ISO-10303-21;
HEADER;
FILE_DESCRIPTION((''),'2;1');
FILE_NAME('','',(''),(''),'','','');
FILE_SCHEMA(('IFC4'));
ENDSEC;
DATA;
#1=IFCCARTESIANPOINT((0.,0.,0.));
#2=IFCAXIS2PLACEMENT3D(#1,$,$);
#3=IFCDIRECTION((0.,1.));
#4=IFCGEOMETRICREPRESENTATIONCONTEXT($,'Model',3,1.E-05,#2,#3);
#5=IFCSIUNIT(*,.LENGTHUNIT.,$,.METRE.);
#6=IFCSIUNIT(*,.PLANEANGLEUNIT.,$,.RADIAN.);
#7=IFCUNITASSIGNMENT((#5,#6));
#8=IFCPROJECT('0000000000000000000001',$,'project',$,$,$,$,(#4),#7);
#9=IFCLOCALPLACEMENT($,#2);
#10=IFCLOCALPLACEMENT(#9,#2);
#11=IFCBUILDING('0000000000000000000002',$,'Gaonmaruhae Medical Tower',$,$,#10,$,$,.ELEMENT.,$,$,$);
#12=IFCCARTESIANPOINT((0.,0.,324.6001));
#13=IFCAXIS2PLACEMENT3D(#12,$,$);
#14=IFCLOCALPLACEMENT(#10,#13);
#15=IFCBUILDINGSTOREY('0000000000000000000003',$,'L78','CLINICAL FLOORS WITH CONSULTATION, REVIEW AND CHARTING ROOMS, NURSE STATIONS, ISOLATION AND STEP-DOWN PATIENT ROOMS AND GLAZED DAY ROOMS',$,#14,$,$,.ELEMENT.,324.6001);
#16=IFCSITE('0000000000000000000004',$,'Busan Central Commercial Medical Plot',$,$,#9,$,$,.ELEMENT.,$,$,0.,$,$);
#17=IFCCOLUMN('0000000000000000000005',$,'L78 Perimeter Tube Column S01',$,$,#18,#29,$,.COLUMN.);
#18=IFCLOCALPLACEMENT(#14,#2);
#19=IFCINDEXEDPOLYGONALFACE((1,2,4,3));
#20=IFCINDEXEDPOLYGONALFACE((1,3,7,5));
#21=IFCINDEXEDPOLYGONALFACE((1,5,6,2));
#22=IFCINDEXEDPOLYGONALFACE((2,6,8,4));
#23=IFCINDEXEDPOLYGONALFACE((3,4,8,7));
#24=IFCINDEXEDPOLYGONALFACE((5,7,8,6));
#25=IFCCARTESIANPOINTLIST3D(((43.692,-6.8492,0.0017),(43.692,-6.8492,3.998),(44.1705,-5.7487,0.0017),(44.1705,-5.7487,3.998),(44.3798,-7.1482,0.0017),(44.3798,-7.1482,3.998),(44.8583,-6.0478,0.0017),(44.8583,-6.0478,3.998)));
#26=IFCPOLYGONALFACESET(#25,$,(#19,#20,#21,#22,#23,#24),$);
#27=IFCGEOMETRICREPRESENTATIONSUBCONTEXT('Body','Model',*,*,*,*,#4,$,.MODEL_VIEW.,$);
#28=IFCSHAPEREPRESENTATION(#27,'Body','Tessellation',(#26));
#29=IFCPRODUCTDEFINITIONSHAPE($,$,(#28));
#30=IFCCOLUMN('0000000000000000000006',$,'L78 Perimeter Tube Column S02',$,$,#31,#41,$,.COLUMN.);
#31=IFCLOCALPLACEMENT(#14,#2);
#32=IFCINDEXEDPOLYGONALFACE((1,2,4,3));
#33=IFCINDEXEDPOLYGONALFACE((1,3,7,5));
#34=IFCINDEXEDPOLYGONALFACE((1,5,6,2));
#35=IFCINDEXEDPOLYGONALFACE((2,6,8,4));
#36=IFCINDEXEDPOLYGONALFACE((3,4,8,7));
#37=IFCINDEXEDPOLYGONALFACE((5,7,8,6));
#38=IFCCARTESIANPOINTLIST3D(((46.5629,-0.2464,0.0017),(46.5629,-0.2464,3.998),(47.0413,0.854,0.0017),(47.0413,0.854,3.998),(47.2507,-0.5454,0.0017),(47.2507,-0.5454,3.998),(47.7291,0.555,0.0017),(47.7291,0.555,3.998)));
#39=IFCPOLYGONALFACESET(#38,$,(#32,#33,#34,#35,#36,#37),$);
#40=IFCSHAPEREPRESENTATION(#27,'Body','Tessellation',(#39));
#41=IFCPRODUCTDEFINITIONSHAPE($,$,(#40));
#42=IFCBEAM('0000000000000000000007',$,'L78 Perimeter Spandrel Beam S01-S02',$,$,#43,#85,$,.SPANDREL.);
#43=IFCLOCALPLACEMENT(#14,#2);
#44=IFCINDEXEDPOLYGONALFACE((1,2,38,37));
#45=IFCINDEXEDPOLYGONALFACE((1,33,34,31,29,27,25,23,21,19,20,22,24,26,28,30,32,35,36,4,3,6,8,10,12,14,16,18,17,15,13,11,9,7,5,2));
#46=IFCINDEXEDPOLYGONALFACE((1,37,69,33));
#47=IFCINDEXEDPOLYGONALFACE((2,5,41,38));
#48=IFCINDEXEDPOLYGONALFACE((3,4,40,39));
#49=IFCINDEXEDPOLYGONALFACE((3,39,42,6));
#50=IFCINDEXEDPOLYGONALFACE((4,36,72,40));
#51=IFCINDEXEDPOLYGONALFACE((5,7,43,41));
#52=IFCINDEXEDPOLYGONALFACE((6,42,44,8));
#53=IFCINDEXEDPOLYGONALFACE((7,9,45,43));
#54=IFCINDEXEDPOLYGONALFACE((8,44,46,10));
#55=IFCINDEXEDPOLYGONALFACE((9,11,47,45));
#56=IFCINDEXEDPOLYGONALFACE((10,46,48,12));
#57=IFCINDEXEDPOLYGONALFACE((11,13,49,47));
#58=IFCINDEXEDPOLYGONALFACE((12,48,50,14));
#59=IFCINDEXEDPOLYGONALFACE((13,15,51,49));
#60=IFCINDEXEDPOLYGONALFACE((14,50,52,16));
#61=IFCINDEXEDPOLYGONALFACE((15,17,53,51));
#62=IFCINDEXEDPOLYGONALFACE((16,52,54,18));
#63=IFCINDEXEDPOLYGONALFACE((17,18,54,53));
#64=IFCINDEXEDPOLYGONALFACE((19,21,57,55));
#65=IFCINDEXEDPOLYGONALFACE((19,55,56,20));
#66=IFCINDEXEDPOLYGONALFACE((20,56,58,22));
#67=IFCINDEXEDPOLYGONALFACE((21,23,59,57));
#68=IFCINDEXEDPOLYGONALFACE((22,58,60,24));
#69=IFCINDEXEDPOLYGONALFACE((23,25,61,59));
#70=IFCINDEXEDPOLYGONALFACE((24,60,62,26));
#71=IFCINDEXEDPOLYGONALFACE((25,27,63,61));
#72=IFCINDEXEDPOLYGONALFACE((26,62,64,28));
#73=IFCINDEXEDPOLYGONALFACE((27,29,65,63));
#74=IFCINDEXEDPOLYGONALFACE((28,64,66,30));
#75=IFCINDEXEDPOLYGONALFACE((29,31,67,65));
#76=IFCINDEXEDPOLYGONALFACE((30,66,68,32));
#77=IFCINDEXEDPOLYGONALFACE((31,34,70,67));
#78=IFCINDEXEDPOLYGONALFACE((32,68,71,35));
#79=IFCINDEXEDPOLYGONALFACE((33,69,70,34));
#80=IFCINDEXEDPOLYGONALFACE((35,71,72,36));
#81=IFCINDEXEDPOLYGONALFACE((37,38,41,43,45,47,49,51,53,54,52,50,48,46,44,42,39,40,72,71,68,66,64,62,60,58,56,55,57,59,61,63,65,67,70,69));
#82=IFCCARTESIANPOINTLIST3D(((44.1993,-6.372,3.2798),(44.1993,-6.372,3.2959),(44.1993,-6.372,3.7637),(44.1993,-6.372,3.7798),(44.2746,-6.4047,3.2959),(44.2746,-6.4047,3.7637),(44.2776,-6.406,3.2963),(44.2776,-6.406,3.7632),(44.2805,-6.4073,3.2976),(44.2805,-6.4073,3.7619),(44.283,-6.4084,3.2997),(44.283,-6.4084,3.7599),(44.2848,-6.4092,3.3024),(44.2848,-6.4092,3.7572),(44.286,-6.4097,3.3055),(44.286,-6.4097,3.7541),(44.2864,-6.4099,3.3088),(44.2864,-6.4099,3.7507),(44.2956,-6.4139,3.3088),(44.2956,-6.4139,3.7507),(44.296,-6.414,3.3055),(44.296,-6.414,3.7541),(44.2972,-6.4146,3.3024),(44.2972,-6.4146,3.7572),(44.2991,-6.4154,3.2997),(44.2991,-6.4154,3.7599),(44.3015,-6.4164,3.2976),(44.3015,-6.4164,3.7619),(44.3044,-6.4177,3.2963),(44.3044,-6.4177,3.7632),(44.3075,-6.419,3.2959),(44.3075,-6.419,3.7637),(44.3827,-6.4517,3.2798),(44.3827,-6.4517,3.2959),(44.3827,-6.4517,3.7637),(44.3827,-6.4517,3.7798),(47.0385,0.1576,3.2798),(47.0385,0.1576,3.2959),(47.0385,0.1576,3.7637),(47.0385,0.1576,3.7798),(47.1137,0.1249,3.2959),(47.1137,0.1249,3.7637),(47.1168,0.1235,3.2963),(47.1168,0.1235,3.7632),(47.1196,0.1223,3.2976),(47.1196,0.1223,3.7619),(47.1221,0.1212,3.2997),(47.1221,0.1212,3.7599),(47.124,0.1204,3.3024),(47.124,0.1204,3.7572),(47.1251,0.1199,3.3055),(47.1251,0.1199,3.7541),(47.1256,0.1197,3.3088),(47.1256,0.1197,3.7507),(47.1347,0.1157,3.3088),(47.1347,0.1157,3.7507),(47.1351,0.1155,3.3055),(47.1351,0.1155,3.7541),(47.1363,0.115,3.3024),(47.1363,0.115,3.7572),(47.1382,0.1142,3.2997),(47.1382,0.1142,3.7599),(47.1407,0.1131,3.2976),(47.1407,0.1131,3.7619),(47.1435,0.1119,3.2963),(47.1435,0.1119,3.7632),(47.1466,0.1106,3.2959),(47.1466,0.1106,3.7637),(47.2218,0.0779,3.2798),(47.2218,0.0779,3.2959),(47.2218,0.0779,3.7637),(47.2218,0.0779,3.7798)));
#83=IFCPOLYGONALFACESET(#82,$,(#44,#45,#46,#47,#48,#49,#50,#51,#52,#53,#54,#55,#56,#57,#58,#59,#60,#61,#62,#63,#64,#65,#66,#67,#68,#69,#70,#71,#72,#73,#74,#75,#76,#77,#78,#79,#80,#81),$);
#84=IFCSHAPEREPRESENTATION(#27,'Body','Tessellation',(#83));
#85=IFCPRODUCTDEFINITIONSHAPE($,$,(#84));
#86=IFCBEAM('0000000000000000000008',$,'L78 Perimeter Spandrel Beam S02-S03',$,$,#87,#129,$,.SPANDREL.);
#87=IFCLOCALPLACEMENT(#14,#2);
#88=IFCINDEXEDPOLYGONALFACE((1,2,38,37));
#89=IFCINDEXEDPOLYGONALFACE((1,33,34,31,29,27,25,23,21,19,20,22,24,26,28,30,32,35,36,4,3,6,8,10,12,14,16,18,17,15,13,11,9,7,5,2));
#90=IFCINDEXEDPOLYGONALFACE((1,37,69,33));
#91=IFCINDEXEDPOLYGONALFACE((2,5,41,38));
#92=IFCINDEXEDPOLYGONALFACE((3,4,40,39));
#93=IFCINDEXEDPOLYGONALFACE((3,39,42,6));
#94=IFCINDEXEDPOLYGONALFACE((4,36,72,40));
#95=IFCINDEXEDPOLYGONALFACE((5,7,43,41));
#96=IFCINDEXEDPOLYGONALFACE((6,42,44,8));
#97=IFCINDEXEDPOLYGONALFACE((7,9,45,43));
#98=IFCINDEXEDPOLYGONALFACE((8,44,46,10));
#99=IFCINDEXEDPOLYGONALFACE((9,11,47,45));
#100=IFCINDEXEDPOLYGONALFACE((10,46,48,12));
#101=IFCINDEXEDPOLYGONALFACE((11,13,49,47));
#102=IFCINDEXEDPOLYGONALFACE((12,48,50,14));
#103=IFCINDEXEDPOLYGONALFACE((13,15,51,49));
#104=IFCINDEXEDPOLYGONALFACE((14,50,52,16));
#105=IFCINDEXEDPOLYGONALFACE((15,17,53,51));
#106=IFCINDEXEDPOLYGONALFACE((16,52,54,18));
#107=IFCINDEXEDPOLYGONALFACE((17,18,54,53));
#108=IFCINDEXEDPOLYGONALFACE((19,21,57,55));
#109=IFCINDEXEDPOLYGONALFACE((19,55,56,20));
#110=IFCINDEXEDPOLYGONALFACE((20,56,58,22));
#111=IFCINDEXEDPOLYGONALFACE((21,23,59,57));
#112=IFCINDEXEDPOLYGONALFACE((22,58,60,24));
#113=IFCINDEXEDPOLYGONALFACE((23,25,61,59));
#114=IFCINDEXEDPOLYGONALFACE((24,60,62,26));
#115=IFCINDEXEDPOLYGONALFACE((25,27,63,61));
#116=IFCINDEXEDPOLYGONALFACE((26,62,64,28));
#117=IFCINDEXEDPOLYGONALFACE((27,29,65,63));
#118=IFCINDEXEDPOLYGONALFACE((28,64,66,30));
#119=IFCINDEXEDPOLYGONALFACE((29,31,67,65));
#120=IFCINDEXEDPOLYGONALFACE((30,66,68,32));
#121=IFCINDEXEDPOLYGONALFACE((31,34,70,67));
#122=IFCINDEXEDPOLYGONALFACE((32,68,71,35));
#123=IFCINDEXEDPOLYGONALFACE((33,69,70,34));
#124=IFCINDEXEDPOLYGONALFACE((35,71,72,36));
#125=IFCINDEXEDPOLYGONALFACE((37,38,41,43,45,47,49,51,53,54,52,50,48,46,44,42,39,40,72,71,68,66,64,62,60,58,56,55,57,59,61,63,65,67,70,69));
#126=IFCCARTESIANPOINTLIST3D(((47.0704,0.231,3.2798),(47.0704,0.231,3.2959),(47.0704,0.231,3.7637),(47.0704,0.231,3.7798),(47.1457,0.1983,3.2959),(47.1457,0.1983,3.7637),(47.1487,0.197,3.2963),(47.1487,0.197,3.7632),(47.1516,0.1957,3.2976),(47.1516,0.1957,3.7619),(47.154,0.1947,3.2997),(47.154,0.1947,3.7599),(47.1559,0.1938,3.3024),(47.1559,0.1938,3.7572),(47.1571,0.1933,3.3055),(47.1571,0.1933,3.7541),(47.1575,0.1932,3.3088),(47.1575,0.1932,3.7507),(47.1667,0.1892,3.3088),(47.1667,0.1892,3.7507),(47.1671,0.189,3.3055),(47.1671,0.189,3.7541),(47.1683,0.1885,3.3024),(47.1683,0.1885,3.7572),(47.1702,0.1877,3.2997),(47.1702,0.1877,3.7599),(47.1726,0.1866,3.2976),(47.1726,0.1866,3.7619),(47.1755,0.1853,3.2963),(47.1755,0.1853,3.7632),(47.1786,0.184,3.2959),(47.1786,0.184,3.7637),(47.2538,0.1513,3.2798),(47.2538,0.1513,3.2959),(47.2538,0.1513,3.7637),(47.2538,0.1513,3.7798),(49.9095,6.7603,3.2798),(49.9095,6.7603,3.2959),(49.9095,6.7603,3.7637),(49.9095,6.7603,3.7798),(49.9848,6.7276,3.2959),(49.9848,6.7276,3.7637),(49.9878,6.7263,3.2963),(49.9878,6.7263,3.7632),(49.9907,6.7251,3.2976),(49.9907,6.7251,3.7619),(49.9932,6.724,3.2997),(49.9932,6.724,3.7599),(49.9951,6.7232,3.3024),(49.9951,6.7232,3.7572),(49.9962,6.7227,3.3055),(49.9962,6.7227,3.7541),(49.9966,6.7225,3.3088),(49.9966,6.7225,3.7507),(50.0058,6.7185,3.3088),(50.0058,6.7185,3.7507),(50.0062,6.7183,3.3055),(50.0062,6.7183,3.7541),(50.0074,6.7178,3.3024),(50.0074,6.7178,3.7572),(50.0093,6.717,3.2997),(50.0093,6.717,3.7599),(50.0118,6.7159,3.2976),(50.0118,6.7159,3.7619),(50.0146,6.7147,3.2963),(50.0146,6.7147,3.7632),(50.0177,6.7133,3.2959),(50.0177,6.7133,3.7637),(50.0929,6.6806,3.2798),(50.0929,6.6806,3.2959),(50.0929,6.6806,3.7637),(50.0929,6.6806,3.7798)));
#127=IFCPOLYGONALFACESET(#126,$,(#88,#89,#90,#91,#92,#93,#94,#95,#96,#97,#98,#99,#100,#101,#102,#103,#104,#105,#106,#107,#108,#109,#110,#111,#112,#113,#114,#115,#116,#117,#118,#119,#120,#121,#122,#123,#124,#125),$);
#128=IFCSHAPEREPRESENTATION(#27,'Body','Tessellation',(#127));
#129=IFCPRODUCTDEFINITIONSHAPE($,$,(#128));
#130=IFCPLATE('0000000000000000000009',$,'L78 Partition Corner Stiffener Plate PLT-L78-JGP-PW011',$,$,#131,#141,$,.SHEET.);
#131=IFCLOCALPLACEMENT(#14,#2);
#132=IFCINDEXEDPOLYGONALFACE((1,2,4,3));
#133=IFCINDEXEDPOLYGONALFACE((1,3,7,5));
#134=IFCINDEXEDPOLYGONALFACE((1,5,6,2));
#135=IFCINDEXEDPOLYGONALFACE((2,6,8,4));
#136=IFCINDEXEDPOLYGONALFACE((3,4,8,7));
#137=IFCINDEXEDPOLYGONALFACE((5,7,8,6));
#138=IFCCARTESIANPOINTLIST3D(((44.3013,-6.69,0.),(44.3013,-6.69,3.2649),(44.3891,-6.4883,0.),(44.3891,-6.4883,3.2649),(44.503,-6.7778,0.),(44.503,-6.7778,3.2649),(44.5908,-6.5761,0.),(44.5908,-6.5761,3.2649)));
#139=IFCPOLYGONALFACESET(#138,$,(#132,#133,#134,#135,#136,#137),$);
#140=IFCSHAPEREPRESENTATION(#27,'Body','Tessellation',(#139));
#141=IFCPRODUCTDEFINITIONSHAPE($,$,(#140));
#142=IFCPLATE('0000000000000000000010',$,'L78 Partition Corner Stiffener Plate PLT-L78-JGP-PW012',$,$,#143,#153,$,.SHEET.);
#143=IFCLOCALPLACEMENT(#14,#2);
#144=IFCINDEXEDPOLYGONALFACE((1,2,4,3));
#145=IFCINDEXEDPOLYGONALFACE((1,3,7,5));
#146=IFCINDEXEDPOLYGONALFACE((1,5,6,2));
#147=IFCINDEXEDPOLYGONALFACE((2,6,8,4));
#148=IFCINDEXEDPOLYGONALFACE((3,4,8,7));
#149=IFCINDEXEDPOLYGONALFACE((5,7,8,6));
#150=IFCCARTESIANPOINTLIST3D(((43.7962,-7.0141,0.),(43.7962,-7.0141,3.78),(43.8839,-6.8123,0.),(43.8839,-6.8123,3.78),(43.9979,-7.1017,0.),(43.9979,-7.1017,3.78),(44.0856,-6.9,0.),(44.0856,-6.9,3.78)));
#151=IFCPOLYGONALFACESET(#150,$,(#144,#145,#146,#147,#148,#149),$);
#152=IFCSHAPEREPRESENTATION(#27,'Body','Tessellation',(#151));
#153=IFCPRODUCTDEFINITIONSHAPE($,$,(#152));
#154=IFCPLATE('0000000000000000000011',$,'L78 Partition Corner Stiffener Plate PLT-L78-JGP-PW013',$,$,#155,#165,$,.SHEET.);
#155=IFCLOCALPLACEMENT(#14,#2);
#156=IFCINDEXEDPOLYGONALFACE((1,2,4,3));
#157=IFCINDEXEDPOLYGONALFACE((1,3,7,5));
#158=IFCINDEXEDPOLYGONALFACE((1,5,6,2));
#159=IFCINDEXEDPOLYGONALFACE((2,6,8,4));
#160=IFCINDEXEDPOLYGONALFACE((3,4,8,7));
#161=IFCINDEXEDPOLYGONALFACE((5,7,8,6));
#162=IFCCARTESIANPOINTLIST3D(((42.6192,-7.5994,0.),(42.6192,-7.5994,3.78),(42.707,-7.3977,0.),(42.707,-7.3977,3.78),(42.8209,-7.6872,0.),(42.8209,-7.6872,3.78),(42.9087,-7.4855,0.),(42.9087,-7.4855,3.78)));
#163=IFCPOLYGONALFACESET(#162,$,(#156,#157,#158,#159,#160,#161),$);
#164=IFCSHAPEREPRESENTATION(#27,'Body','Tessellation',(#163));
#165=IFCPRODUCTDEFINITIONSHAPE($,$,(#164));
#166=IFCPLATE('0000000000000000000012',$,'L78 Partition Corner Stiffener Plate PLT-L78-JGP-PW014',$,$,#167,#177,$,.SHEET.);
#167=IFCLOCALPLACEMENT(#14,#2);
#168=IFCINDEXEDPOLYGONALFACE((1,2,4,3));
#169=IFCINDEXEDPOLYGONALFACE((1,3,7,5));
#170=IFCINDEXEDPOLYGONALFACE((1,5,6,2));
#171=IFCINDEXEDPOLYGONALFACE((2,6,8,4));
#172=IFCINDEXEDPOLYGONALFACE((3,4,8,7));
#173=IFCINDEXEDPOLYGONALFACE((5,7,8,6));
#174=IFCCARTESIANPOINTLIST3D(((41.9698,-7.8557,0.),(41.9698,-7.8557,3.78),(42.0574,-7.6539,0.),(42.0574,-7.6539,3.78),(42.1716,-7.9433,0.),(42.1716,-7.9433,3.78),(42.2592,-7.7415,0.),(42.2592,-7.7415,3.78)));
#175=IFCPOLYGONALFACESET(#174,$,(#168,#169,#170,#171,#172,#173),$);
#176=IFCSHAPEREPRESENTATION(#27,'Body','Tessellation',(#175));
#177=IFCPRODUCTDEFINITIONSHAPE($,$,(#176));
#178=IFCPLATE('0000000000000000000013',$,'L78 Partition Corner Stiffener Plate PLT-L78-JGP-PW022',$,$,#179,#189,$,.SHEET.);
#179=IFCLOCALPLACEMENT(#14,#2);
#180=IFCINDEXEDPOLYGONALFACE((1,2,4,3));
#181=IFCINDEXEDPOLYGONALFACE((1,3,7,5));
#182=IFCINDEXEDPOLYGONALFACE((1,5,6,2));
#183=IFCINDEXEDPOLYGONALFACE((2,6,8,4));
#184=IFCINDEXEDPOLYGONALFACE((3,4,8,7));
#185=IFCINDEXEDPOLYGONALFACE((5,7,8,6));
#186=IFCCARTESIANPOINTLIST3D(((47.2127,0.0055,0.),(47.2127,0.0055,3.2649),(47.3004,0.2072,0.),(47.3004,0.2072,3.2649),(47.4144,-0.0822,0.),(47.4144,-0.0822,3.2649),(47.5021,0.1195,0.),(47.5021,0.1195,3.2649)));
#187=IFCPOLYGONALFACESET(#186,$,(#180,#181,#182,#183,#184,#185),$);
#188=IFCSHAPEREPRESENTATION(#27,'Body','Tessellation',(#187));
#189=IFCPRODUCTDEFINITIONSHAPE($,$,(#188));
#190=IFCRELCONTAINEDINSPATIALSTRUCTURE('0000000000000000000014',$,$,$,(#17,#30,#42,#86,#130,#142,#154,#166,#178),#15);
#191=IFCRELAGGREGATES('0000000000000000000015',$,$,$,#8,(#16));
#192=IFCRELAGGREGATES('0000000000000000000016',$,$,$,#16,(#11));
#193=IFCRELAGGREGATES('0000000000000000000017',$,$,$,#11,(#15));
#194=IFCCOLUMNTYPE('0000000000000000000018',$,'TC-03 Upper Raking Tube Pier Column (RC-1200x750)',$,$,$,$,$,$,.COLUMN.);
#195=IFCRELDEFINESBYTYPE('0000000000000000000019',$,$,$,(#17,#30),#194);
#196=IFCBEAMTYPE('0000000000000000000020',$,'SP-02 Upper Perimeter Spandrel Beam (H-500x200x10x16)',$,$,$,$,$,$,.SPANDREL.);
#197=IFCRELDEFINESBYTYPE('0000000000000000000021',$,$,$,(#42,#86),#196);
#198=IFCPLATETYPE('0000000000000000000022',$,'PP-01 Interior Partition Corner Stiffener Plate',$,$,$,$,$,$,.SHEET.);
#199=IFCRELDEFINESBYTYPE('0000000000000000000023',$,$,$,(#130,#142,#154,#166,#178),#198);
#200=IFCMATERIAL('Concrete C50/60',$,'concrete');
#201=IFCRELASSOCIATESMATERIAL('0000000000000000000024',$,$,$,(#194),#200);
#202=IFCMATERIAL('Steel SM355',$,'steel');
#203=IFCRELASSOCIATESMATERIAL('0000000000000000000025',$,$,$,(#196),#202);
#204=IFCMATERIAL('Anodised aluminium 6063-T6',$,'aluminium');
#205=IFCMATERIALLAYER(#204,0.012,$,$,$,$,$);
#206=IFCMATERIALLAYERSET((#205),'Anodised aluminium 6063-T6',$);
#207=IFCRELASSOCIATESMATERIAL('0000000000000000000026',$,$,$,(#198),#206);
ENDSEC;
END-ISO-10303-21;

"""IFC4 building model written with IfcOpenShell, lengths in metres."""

from ifc_helpers import new_model, si_unit, direction, frame, origin, origin_2d, place, context, subcontext, project, spatial, rectangle, i_section, extrude, material, layer, layer_set, material_profile, profile_set, type_object, element, save


model = new_model("IFC4")

# Units and contexts
model_context = context("Model", 3, precision=1e-05, world=origin(), true_north=direction((0.0, 1.0)))
body_context = subcontext(model_context, "Body", "Model", "MODEL_VIEW")
ifc_project = project(units=[si_unit("LENGTHUNIT", "METRE"), si_unit("PLANEANGLEUNIT", "RADIAN")], contexts=[model_context])

# Site, building, storey
site_placement = place(None, origin())
site = spatial("IfcSite", under=ifc_project, at=site_placement, Name="Busan Central Commercial Medical Plot", CompositionType="ELEMENT", RefElevation=0.0)
building_placement = place(site_placement, origin())
building = spatial("IfcBuilding", under=site, at=building_placement, Name="Gaonmaruhae Medical Tower", CompositionType="ELEMENT")
storey_placement = place(building_placement, frame((0.0, 0.0, 324.6001)))
storey = spatial("IfcBuildingStorey", under=building, at=storey_placement, Name="L78", Description="CLINICAL FLOORS WITH CONSULTATION, REVIEW AND CHARTING ROOMS, NURSE STATIONS, ISOLATION AND STEP-DOWN PATIENT ROOMS AND GLAZED DAY ROOMS", CompositionType="ELEMENT", Elevation=324.6001)

# Columns
ifc_material_1 = material(Name="Concrete C50/60", Category="concrete")
ifc_material_profile_1 = material_profile(ifc_material_1, rectangle(XDim=1.2, YDim=0.75, at=origin_2d()), Name="RC-1200x750")
ifc_profile_set_1 = profile_set([ifc_material_profile_1], Name="Concrete C50/60")
column_type = type_object("IfcColumnType", Name="TC-03 Upper Raking Tube Pier Column (RC-1200x750)", PredefinedType="COLUMN", material=ifc_profile_set_1)
for number, where, z_axis, x_axis, name in (
    (1, (44.2751, -6.4485, 0.0017), (0.0, 0.0, 1.0), (0.398749, 0.91706, 0.0), "L78 Perimeter Tube Column S01"),
    (2, (47.146, 0.1543, 0.0017), (0.0, 0.0, 1.0), (0.398749, 0.91706, 0.0), "L78 Perimeter Tube Column S02"),
):
    element("IfcColumn", number, at=place(storey_placement, frame(where, z_axis=z_axis, x_axis=x_axis)), inside=storey, type_object=column_type, Name=name, PredefinedType="COLUMN", context=body_context, shape_type="SweptSolid", body=[
        extrude(rectangle(XDim=1.2, YDim=0.75, at=origin_2d()), origin(), (0.0, 0.0, 1.0), 3.9963),
    ])

# Beams
ifc_material_2 = material(Name="Steel SM355", Category="steel")
ifc_material_profile_2 = material_profile(ifc_material_2, i_section(OverallWidth=0.2, OverallDepth=0.5, WebThickness=0.01, FlangeThickness=0.0161, FilletRadius=0.0129, at=origin_2d()), Name="H-500x200x10x16")
ifc_profile_set_2 = profile_set([ifc_material_profile_2], Name="Steel SM355")
beam_type = type_object("IfcBeamType", Name="SP-02 Upper Perimeter Spandrel Beam (H-500x200x10x16)", PredefinedType="SPANDREL", material=ifc_profile_set_2)
beam_1_placement = place(storey_placement, frame((44.291, -6.4119, 3.5298), z_axis=(0.398747, 0.917061, 0.0), x_axis=(-0.917061, 0.398747, 0.0)))
element("IfcBeam", 3, at=beam_1_placement, inside=storey, type_object=beam_type, Name="L78 Perimeter Spandrel Beam S01-S02", PredefinedType="SPANDREL", context=body_context, shape_type="SweptSolid", body=[
    extrude(i_section(OverallWidth=0.2, OverallDepth=0.5, WebThickness=0.01, FlangeThickness=0.0161, FilletRadius=0.0129, at=origin_2d()), origin(), (0.0, 0.0, 1.0), 7.1201),
])
beam_2_placement = place(storey_placement, frame((47.1621, 0.1912, 3.5298), z_axis=(0.39876, 0.917055, 0.0), x_axis=(-0.917055, 0.39876, 0.0)))
element("IfcBeam", 4, at=beam_2_placement, inside=storey, type_object=beam_type, Name="L78 Perimeter Spandrel Beam S02-S03", PredefinedType="SPANDREL", context=body_context, shape_type="SweptSolid", body=[
    extrude(i_section(OverallWidth=0.2, OverallDepth=0.5, WebThickness=0.01, FlangeThickness=0.0161, FilletRadius=0.0129, at=origin_2d()), origin(), (0.0, 0.0, 1.0), 7.1199),
])

# Plates
ifc_material_3 = material(Name="Anodised aluminium 6063-T6", Category="aluminium")
ifc_layer_1 = layer(ifc_material_3, 0.012)
ifc_layer_set_1 = layer_set([ifc_layer_1], Name="Anodised aluminium 6063-T6")
plate_type = type_object("IfcPlateType", Name="PP-01 Interior Partition Corner Stiffener Plate", PredefinedType="SHEET", material=ifc_layer_set_1)
plate_1_placement = place(storey_placement, frame((44.446, -6.6331, 0.0), z_axis=(0.0, 0.0, 1.0), x_axis=(-0.399245, -0.916844, 0.0)))
element("IfcPlate", 5, at=plate_1_placement, inside=storey, type_object=plate_type, Name="L78 Partition Corner Stiffener Plate PLT-L78-JGP-PW011", PredefinedType="SHEET", context=body_context, shape_type="SweptSolid", body=[
    extrude(rectangle(XDim=0.22, YDim=0.22, at=origin_2d()), origin(), (0.0, 0.0, 1.0), 3.2649),
])
for number, where, z_axis, x_axis, name in (
    (6, (43.9409, -6.957, 0.0), (0.0, 0.0, 1.0), (-0.917116, 0.398621, 0.0), "L78 Partition Corner Stiffener Plate PLT-L78-JGP-PW012"),
    (7, (42.7639, -7.5425, 0.0), (0.0, 0.0, 1.0), (-0.399165, -0.916879, 0.0), "L78 Partition Corner Stiffener Plate PLT-L78-JGP-PW013"),
    (8, (42.1145, -7.7986, 0.0), (0.0, 0.0, 1.0), (-0.917248, 0.398317, 0.0), "L78 Partition Corner Stiffener Plate PLT-L78-JGP-PW014"),
):
    element("IfcPlate", number, at=place(storey_placement, frame(where, z_axis=z_axis, x_axis=x_axis)), inside=storey, type_object=plate_type, Name=name, PredefinedType="SHEET", context=body_context, shape_type="SweptSolid", body=[
        extrude(rectangle(XDim=0.22, YDim=0.22, at=origin_2d()), origin(), (0.0, 0.0, 1.0), 3.78),
    ])
plate_2_placement = place(storey_placement, frame((47.3574, 0.0625, 0.0), z_axis=(0.0, 0.0, 1.0), x_axis=(-0.398765, -0.917053, 0.0)))
element("IfcPlate", 9, at=plate_2_placement, inside=storey, type_object=plate_type, Name="L78 Partition Corner Stiffener Plate PLT-L78-JGP-PW022", PredefinedType="SHEET", context=body_context, shape_type="SweptSolid", body=[
    extrude(rectangle(XDim=0.22, YDim=0.22, at=origin_2d()), origin(), (0.0, 0.0, 1.0), 3.2649),
])

save(model, "model.ifc")
